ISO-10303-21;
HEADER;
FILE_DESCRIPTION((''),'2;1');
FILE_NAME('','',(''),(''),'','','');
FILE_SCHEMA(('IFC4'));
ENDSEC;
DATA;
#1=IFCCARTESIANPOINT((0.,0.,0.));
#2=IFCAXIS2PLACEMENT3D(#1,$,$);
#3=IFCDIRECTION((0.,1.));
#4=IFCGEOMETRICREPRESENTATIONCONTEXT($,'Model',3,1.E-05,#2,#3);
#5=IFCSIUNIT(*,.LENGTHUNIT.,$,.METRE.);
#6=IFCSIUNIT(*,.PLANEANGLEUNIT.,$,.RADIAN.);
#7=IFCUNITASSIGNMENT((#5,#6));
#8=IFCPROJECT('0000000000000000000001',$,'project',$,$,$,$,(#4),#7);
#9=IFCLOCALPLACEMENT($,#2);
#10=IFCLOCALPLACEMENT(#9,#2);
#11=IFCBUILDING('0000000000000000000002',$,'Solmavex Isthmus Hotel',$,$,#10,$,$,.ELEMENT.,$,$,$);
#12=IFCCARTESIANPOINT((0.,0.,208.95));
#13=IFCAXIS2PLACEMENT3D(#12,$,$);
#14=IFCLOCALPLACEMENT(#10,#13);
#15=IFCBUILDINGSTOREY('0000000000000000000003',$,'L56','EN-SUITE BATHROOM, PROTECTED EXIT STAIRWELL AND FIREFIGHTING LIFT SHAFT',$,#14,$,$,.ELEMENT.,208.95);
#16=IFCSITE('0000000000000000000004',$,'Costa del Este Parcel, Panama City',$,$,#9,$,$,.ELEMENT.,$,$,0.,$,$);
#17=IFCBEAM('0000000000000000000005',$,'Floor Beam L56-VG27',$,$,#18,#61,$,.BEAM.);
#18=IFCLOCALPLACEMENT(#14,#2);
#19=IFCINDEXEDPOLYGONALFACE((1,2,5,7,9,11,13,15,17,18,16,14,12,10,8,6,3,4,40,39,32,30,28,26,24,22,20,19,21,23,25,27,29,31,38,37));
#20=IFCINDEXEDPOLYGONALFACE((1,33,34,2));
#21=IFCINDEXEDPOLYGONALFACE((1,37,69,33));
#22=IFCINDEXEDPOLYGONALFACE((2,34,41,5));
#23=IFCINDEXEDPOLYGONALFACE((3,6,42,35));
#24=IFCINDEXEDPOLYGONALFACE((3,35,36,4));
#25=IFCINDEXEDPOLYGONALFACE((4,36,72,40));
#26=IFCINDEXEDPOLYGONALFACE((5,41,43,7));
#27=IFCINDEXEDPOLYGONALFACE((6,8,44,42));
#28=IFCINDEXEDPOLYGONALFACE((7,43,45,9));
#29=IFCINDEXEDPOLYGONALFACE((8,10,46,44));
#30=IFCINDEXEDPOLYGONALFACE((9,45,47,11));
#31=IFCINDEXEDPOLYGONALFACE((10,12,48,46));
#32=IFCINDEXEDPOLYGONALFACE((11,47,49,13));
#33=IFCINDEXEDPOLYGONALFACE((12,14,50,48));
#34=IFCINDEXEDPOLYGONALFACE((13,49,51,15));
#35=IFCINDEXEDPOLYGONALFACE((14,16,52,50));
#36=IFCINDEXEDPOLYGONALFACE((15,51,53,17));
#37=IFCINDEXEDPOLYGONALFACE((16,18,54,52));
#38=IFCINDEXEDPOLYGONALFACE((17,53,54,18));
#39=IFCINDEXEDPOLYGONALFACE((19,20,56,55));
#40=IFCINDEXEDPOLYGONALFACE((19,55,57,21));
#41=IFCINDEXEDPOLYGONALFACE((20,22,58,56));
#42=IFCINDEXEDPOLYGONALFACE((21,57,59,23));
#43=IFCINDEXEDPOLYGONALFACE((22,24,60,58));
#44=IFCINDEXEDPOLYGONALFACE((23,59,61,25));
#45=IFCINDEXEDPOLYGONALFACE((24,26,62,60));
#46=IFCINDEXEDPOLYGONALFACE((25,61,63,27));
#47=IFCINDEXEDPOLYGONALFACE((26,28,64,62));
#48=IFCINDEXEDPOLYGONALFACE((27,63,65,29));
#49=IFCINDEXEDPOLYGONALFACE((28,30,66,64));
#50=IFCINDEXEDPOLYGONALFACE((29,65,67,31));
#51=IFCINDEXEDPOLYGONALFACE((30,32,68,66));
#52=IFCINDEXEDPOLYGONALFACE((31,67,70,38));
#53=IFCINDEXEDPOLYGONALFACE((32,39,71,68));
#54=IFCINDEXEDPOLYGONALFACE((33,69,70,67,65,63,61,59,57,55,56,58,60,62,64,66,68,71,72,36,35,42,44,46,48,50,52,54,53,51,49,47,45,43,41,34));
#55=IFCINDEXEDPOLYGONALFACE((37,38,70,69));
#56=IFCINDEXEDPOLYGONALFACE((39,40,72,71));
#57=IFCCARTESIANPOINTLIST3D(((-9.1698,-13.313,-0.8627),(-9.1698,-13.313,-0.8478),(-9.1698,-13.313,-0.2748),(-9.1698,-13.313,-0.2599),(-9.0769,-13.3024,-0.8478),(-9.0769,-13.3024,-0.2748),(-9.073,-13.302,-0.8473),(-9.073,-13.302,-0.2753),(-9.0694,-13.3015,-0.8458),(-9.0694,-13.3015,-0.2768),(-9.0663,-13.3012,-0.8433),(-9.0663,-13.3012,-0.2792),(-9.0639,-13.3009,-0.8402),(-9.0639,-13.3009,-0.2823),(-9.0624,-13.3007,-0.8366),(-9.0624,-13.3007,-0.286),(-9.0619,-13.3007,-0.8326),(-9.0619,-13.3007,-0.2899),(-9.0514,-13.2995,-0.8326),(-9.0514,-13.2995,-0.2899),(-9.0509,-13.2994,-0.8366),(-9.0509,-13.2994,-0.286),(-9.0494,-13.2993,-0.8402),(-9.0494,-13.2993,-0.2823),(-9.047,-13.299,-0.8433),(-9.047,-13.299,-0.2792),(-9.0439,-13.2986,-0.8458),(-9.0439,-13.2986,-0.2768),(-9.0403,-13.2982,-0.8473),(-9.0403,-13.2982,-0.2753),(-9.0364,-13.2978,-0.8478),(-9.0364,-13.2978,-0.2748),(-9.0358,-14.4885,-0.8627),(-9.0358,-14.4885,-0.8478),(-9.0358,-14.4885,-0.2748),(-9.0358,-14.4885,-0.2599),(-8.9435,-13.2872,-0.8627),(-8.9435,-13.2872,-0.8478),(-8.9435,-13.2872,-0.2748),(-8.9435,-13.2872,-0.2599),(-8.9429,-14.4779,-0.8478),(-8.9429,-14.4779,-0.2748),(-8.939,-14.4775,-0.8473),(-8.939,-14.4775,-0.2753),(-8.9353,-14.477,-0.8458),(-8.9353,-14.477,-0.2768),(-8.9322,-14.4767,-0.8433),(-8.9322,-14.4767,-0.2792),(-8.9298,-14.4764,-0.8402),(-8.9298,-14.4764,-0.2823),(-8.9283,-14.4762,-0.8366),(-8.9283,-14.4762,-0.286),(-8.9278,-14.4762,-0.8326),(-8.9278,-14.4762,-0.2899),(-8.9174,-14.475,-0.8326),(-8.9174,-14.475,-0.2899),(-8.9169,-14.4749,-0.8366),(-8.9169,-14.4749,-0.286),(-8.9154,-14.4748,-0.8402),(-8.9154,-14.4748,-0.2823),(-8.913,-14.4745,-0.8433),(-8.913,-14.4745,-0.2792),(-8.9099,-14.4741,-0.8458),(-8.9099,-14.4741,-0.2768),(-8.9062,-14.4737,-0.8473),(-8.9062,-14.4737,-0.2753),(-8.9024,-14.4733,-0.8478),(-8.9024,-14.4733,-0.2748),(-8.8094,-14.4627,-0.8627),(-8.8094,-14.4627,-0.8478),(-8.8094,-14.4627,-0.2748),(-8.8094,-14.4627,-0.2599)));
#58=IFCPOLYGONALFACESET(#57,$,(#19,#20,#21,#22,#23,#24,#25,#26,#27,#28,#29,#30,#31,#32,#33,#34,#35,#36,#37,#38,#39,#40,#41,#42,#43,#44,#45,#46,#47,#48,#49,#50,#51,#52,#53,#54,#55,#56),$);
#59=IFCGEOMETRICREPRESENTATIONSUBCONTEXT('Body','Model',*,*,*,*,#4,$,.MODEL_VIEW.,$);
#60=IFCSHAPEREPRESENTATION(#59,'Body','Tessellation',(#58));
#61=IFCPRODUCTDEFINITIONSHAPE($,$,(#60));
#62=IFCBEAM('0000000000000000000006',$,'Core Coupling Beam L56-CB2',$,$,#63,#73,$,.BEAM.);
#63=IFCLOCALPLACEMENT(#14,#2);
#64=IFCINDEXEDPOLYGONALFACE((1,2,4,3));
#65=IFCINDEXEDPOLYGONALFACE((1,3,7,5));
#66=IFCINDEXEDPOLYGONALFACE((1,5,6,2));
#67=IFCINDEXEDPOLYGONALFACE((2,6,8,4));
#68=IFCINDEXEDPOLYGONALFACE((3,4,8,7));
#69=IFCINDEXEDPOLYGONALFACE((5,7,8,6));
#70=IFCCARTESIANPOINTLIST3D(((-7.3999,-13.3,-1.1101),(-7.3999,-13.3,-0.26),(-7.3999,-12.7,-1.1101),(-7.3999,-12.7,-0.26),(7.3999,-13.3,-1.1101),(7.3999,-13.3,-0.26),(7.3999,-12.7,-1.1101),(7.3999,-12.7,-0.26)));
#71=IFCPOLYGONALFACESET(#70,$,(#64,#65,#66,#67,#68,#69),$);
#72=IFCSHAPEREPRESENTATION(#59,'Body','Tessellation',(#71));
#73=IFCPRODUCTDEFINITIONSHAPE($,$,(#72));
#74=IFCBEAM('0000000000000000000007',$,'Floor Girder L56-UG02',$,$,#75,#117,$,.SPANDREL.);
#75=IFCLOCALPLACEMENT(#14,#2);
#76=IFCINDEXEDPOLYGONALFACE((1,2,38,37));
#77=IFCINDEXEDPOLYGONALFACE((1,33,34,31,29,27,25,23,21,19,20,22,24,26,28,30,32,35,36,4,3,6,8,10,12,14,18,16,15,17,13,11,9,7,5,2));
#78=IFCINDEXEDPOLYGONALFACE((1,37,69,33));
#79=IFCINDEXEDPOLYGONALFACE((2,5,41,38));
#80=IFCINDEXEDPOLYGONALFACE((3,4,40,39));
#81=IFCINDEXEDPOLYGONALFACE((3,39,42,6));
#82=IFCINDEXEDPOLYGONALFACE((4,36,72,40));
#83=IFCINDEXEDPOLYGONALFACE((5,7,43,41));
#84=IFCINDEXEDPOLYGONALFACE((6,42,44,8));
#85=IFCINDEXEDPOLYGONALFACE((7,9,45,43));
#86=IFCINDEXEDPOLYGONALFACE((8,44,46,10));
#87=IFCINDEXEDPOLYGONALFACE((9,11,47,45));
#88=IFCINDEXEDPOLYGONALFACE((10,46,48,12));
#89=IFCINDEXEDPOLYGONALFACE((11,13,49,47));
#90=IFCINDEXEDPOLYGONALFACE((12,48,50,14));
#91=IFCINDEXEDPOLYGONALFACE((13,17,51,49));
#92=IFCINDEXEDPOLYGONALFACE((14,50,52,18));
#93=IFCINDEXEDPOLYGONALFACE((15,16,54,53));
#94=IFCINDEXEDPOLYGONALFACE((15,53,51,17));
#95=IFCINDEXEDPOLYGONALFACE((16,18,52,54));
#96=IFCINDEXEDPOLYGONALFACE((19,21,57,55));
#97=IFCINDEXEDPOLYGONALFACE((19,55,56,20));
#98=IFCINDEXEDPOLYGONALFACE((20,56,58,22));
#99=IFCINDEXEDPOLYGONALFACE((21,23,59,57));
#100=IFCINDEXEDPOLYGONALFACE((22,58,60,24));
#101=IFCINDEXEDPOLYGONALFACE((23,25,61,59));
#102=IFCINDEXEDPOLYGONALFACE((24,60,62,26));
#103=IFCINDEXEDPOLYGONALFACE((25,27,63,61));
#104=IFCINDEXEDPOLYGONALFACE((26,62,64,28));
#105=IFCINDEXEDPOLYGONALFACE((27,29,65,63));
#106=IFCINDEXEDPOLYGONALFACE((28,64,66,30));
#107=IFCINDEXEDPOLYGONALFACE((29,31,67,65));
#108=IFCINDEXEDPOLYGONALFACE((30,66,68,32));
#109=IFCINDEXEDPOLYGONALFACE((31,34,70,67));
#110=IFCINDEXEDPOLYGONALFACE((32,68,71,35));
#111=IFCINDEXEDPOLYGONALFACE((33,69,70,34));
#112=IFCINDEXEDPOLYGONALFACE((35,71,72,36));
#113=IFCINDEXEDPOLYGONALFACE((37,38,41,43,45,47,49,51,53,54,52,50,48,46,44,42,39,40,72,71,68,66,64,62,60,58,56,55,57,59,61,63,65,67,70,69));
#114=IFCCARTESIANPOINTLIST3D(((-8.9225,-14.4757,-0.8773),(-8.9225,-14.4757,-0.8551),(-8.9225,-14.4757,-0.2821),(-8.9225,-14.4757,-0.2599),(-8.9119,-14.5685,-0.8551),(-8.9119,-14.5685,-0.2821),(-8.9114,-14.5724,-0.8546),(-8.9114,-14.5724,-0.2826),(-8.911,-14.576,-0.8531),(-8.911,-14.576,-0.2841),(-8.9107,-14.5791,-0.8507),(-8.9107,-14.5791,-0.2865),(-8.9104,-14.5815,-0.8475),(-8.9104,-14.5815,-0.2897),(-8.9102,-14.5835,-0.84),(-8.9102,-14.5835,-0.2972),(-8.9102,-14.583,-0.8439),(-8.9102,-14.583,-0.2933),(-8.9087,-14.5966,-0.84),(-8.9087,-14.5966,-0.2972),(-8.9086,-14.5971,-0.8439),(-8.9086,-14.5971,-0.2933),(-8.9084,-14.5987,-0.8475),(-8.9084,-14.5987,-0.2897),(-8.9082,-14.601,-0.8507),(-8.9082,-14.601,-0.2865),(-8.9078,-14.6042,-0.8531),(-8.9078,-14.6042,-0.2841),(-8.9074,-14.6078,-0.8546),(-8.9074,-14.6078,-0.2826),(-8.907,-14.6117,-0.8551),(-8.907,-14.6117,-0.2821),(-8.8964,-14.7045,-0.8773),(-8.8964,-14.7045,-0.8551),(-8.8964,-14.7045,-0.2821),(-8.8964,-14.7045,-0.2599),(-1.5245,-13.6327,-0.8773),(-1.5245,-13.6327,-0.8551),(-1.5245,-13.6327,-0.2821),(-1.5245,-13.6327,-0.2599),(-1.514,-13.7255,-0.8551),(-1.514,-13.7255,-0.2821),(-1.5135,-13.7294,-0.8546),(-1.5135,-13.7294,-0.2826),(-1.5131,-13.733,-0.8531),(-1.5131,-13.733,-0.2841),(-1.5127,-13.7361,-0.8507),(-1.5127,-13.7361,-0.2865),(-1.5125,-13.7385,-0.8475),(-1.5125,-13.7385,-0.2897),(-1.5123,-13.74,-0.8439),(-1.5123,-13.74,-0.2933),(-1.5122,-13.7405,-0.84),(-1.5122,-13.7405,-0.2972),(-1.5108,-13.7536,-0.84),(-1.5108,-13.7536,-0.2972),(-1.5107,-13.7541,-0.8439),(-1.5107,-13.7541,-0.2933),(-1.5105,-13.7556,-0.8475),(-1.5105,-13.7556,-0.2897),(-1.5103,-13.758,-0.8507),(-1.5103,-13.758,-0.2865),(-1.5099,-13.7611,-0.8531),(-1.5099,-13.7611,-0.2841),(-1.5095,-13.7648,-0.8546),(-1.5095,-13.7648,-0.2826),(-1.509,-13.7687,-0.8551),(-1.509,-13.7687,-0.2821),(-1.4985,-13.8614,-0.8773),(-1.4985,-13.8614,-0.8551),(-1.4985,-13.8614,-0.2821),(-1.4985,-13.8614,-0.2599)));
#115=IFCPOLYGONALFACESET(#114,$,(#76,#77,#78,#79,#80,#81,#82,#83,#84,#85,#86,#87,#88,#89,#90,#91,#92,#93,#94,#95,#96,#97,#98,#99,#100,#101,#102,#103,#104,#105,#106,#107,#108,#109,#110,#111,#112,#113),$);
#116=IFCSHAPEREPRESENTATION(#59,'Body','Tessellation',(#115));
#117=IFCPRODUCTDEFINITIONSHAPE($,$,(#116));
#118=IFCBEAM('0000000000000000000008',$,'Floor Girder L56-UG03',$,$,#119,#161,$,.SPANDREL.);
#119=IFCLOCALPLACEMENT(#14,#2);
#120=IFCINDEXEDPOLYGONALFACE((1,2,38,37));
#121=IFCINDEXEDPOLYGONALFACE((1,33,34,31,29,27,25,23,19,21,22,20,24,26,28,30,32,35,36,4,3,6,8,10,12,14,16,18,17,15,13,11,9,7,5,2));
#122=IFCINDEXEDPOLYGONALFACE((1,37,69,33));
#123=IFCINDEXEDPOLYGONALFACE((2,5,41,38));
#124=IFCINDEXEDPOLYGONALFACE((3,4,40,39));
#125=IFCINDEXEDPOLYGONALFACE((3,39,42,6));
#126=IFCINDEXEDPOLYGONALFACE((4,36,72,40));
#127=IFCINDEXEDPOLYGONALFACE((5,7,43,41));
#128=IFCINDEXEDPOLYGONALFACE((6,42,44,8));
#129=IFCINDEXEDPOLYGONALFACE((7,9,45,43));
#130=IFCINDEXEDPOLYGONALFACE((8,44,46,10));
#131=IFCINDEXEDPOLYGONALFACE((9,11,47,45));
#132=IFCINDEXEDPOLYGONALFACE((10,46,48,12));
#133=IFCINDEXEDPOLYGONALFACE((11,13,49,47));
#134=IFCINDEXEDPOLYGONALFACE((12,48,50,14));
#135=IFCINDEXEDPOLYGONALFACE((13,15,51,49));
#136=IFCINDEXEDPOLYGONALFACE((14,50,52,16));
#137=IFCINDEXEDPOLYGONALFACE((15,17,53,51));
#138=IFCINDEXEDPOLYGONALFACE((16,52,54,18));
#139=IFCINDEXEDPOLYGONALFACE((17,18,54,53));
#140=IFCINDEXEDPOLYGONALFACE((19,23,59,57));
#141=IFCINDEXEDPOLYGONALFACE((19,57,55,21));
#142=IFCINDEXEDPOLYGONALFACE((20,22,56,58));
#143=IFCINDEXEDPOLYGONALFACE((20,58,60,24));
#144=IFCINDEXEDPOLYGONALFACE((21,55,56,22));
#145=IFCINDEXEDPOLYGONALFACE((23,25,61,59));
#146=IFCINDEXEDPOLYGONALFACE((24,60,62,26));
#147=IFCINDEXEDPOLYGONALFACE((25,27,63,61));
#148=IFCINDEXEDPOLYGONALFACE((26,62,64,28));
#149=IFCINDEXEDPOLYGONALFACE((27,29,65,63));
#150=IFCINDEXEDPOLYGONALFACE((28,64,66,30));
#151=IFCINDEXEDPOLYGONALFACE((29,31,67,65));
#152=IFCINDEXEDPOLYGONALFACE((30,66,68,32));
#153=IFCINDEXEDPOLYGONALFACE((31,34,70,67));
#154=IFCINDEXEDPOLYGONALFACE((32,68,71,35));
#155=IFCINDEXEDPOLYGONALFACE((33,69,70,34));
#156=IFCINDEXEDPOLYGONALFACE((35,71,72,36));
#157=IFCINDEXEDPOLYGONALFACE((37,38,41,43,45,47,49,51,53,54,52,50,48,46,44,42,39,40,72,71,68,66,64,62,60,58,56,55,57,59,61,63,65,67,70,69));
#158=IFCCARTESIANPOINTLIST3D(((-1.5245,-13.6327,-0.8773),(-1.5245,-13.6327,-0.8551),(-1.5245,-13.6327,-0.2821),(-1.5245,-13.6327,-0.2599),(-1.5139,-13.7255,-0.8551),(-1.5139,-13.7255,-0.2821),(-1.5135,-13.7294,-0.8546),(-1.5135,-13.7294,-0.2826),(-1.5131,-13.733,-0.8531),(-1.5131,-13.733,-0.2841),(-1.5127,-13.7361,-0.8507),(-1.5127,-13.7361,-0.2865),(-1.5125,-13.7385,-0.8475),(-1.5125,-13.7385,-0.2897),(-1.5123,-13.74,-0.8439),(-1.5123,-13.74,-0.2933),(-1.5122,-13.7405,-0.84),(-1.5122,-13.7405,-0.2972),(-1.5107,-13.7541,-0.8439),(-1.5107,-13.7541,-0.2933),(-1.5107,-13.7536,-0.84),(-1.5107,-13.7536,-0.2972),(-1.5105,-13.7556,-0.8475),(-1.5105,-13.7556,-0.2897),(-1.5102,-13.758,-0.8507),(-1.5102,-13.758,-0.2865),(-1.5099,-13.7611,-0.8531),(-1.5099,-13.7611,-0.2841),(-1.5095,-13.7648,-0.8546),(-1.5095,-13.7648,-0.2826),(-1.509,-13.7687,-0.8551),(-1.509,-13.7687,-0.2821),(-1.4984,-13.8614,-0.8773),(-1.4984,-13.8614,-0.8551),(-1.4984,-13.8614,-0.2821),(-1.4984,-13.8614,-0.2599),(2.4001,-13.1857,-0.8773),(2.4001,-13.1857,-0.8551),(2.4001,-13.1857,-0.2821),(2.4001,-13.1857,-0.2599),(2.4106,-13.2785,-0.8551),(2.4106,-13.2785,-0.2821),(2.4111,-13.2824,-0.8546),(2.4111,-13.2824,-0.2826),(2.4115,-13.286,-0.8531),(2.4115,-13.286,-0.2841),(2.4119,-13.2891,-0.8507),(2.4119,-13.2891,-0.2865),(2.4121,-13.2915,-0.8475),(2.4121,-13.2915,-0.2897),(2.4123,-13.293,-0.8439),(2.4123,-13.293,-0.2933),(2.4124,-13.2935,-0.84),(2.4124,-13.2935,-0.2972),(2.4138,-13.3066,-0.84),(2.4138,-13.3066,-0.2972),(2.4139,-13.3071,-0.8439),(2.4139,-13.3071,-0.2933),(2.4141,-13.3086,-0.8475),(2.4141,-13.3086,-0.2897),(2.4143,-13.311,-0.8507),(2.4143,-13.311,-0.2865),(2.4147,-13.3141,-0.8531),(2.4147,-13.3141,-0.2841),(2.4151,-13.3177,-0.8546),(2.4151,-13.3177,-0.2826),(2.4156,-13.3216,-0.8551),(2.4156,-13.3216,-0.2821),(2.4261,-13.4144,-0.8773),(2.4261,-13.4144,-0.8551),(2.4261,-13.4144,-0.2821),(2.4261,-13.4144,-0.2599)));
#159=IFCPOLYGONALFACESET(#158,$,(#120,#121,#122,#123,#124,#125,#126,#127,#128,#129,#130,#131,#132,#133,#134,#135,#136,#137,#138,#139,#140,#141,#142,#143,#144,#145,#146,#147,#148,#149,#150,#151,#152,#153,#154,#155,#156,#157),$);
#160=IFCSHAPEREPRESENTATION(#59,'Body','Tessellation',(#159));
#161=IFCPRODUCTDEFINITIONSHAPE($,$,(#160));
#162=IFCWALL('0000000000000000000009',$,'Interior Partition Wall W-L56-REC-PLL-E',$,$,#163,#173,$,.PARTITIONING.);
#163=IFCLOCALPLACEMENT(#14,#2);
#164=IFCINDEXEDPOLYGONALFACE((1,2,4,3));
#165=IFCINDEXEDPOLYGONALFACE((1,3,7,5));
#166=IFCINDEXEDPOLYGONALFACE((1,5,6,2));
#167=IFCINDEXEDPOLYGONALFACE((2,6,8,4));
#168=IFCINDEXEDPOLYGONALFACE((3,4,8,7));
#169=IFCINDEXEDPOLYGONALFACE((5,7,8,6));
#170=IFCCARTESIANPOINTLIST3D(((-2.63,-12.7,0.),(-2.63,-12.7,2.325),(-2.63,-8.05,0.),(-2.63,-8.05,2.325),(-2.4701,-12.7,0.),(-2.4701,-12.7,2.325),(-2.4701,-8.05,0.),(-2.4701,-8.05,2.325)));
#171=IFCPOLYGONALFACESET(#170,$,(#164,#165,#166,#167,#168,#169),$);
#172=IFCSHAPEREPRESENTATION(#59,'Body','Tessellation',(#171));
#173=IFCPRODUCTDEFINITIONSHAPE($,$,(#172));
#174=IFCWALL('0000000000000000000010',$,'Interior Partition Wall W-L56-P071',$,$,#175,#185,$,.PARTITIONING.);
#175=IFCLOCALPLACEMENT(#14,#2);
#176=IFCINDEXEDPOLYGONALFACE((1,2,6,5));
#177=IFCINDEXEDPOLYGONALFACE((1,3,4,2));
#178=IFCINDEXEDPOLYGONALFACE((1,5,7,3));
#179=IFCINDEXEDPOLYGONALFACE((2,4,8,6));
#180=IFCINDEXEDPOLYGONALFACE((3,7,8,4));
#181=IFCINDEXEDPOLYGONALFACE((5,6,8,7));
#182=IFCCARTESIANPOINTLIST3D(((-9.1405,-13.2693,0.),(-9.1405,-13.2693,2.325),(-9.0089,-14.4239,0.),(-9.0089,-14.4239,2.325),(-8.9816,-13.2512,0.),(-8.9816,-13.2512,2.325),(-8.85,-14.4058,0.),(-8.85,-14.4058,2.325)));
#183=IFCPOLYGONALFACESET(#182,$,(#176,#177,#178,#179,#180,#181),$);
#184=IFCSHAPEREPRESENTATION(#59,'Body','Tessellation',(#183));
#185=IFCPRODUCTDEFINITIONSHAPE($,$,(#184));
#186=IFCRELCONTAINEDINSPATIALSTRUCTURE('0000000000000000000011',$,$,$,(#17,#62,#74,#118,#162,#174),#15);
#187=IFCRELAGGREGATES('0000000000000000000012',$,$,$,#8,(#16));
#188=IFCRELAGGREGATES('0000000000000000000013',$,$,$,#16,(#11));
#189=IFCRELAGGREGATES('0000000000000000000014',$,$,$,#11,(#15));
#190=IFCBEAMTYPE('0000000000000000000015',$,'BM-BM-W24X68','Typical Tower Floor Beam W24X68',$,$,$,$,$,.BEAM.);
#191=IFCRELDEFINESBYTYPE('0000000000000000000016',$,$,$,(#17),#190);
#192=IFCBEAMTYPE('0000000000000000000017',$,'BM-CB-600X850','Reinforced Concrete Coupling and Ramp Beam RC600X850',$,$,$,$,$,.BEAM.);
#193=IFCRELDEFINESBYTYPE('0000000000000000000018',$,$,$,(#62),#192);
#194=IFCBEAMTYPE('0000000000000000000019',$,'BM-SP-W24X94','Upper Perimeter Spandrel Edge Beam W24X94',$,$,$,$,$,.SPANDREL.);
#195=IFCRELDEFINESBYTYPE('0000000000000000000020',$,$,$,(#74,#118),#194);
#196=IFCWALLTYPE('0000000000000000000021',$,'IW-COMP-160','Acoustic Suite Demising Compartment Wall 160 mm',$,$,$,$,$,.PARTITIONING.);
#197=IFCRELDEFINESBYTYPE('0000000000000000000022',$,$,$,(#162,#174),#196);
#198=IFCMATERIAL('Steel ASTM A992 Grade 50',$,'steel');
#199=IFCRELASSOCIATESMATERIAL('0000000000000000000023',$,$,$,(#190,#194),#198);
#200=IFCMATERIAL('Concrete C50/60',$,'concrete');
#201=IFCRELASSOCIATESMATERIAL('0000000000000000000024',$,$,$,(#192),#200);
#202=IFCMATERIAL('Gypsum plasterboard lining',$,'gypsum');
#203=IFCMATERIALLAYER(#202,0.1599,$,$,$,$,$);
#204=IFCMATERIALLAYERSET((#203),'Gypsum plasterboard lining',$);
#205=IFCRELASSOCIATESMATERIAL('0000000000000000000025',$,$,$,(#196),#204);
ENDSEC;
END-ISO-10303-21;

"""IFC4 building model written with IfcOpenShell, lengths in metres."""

from ifc_helpers import new_model, si_unit, direction, frame, frame_2d, origin, origin_2d, place, context, subcontext, project, spatial, rectangle, i_section, extrude, material, layer, layer_set, material_profile, profile_set, type_object, element, save


model = new_model("IFC4")

# Units and contexts
model_context = context("Model", 3, precision=1e-05, world=origin(), true_north=direction((0.0, 1.0)))
body_context = subcontext(model_context, "Body", "Model", "MODEL_VIEW")
ifc_project = project(units=[si_unit("LENGTHUNIT", "METRE"), si_unit("PLANEANGLEUNIT", "RADIAN")], contexts=[model_context])

# Site, building, storey
site_placement = place(None, origin())
site = spatial("IfcSite", under=ifc_project, at=site_placement, Name="Costa del Este Parcel, Panama City", CompositionType="ELEMENT", RefElevation=0.0)
building_placement = place(site_placement, origin())
building = spatial("IfcBuilding", under=site, at=building_placement, Name="Solmavex Isthmus Hotel", CompositionType="ELEMENT")
storey_placement = place(building_placement, frame((0.0, 0.0, 208.95)))
storey = spatial("IfcBuildingStorey", under=building, at=storey_placement, Name="L56", Description="EN-SUITE BATHROOM, PROTECTED EXIT STAIRWELL AND FIREFIGHTING LIFT SHAFT", CompositionType="ELEMENT", Elevation=208.95)

# Shared definitions
ifc_material_1 = material(Name="Concrete C50/60", Category="concrete")

# Beams
ifc_material_2 = material(Name="Steel ASTM A992 Grade 50", Category="steel")
ifc_material_profile_1 = material_profile(ifc_material_2, i_section(OverallWidth=0.2278, OverallDepth=0.6028, WebThickness=0.0105, FlangeThickness=0.0149, FilletRadius=0.0151, at=origin_2d()), Name="W24X68")
ifc_profile_set_1 = profile_set([ifc_material_profile_1], Name="Steel ASTM A992 Grade 50")
beam_type_1 = type_object("IfcBeamType", Name="BM-BM-W24X68", Description="Typical Tower Floor Beam W24X68", PredefinedType="BEAM", material=ifc_profile_set_1)
beam_1_placement = place(storey_placement, frame((-8.9226, -14.4756, -0.5613), z_axis=(-0.113285, 0.993563, 0.0), x_axis=(-0.993563, -0.113285, 0.0)))
element("IfcBeam", 1, at=beam_1_placement, inside=storey, type_object=beam_type_1, Name="Floor Beam L56-VG27", PredefinedType="BEAM", context=body_context, shape_type="SweptSolid", body=[
    extrude(i_section(OverallWidth=0.2278, OverallDepth=0.6028, WebThickness=0.0105, FlangeThickness=0.0149, FilletRadius=0.0151, at=origin_2d()), origin(), (0.0, 0.0, 1.0), 1.1831),
])
ifc_material_profile_2 = material_profile(ifc_material_1, rectangle(XDim=0.6001, YDim=0.8501, at=origin_2d()), Name="RC600X850")
ifc_profile_set_2 = profile_set([ifc_material_profile_2], Name="Concrete C50/60")
beam_type_2 = type_object("IfcBeamType", Name="BM-CB-600X850", Description="Reinforced Concrete Coupling and Ramp Beam RC600X850", PredefinedType="BEAM", material=ifc_profile_set_2)
beam_2_placement = place(storey_placement, frame((-7.3999, -13.0, -0.6851), z_axis=(1.0, 0.0, 0.0), x_axis=(0.0, 1.0, 0.0)))
element("IfcBeam", 2, at=beam_2_placement, inside=storey, type_object=beam_type_2, Name="Core Coupling Beam L56-CB2", PredefinedType="BEAM", context=body_context, shape_type="SweptSolid", body=[
    extrude(rectangle(XDim=0.6001, YDim=0.8501, at=origin_2d()), origin(), (0.0, 0.0, 1.0), 14.7998),
])
ifc_material_profile_3 = material_profile(ifc_material_2, i_section(OverallWidth=0.2302, OverallDepth=0.6174, WebThickness=0.0132, FlangeThickness=0.0222, FilletRadius=0.0151, at=origin_2d()), Name="W24X94")
ifc_profile_set_3 = profile_set([ifc_material_profile_3], Name="Steel ASTM A992 Grade 50")
beam_type_3 = type_object("IfcBeamType", Name="BM-SP-W24X94", Description="Upper Perimeter Spandrel Edge Beam W24X94", PredefinedType="SPANDREL", material=ifc_profile_set_3)
beam_3_placement = place(storey_placement, frame((-8.9094, -14.5901, -0.5686), z_axis=(0.99357, 0.11322, 0.0), x_axis=(-0.11322, 0.99357, 0.0)))
element("IfcBeam", 3, at=beam_3_placement, inside=storey, type_object=beam_type_3, Name="Floor Girder L56-UG02", PredefinedType="SPANDREL", context=body_context, shape_type="SweptSolid", body=[
    extrude(i_section(OverallWidth=0.2302, OverallDepth=0.6174, WebThickness=0.0132, FlangeThickness=0.0222, FilletRadius=0.0151, at=origin_2d()), origin(), (0.0, 0.0, 1.0), 7.4458),
])
beam_4_placement = place(storey_placement, frame((-1.5115, -13.7471, -0.5686), z_axis=(0.993575, 0.113172, 0.0), x_axis=(-0.113172, 0.993575, 0.0)))
element("IfcBeam", 4, at=beam_4_placement, inside=storey, type_object=beam_type_3, Name="Floor Girder L56-UG03", PredefinedType="SPANDREL", context=body_context, shape_type="SweptSolid", body=[
    extrude(i_section(OverallWidth=0.2302, OverallDepth=0.6174, WebThickness=0.0132, FlangeThickness=0.0222, FilletRadius=0.0151, at=origin_2d()), origin(), (0.0, 0.0, 1.0), 3.95),
])

# Walls
ifc_material_3 = material(Name="Gypsum plasterboard lining", Category="gypsum")
ifc_layer_1 = layer(ifc_material_3, 0.1599)
ifc_layer_set_1 = layer_set([ifc_layer_1], Name="Gypsum plasterboard lining")
wall_type_1 = type_object("IfcWallType", Name="IW-COMP-160", Description="Acoustic Suite Demising Compartment Wall 160 mm", PredefinedType="PARTITIONING", material=ifc_layer_set_1)
wall_1_placement = place(storey_placement, frame((-2.55, -12.7, 0.0), z_axis=(0.0, 0.0, 1.0), x_axis=(0.0, 1.0, 0.0)))
element("IfcWall", 5, at=wall_1_placement, inside=storey, type_object=wall_type_1, Name="Interior Partition Wall W-L56-REC-PLL-E", PredefinedType="PARTITIONING", context=body_context, shape_type="SweptSolid", body=[
    extrude(rectangle(XDim=4.6499, YDim=0.1599, at=frame_2d((2.325, 0.0))), origin(), (0.0, 0.0, 1.0), 2.325),
])
wall_2_placement = place(storey_placement, frame((-9.061, -13.2603, 0.0), z_axis=(0.0, 0.0, 1.0), x_axis=(0.113244, -0.993567, 0.0)))
element("IfcWall", 6, at=wall_2_placement, inside=storey, type_object=wall_type_1, Name="Interior Partition Wall W-L56-P071", PredefinedType="PARTITIONING", context=body_context, shape_type="SweptSolid", body=[
    extrude(rectangle(XDim=1.1621, YDim=0.1599, at=frame_2d((0.5811, 0.0))), origin(), (0.0, 0.0, 1.0), 2.325),
])

save(model, "model.ifc")
